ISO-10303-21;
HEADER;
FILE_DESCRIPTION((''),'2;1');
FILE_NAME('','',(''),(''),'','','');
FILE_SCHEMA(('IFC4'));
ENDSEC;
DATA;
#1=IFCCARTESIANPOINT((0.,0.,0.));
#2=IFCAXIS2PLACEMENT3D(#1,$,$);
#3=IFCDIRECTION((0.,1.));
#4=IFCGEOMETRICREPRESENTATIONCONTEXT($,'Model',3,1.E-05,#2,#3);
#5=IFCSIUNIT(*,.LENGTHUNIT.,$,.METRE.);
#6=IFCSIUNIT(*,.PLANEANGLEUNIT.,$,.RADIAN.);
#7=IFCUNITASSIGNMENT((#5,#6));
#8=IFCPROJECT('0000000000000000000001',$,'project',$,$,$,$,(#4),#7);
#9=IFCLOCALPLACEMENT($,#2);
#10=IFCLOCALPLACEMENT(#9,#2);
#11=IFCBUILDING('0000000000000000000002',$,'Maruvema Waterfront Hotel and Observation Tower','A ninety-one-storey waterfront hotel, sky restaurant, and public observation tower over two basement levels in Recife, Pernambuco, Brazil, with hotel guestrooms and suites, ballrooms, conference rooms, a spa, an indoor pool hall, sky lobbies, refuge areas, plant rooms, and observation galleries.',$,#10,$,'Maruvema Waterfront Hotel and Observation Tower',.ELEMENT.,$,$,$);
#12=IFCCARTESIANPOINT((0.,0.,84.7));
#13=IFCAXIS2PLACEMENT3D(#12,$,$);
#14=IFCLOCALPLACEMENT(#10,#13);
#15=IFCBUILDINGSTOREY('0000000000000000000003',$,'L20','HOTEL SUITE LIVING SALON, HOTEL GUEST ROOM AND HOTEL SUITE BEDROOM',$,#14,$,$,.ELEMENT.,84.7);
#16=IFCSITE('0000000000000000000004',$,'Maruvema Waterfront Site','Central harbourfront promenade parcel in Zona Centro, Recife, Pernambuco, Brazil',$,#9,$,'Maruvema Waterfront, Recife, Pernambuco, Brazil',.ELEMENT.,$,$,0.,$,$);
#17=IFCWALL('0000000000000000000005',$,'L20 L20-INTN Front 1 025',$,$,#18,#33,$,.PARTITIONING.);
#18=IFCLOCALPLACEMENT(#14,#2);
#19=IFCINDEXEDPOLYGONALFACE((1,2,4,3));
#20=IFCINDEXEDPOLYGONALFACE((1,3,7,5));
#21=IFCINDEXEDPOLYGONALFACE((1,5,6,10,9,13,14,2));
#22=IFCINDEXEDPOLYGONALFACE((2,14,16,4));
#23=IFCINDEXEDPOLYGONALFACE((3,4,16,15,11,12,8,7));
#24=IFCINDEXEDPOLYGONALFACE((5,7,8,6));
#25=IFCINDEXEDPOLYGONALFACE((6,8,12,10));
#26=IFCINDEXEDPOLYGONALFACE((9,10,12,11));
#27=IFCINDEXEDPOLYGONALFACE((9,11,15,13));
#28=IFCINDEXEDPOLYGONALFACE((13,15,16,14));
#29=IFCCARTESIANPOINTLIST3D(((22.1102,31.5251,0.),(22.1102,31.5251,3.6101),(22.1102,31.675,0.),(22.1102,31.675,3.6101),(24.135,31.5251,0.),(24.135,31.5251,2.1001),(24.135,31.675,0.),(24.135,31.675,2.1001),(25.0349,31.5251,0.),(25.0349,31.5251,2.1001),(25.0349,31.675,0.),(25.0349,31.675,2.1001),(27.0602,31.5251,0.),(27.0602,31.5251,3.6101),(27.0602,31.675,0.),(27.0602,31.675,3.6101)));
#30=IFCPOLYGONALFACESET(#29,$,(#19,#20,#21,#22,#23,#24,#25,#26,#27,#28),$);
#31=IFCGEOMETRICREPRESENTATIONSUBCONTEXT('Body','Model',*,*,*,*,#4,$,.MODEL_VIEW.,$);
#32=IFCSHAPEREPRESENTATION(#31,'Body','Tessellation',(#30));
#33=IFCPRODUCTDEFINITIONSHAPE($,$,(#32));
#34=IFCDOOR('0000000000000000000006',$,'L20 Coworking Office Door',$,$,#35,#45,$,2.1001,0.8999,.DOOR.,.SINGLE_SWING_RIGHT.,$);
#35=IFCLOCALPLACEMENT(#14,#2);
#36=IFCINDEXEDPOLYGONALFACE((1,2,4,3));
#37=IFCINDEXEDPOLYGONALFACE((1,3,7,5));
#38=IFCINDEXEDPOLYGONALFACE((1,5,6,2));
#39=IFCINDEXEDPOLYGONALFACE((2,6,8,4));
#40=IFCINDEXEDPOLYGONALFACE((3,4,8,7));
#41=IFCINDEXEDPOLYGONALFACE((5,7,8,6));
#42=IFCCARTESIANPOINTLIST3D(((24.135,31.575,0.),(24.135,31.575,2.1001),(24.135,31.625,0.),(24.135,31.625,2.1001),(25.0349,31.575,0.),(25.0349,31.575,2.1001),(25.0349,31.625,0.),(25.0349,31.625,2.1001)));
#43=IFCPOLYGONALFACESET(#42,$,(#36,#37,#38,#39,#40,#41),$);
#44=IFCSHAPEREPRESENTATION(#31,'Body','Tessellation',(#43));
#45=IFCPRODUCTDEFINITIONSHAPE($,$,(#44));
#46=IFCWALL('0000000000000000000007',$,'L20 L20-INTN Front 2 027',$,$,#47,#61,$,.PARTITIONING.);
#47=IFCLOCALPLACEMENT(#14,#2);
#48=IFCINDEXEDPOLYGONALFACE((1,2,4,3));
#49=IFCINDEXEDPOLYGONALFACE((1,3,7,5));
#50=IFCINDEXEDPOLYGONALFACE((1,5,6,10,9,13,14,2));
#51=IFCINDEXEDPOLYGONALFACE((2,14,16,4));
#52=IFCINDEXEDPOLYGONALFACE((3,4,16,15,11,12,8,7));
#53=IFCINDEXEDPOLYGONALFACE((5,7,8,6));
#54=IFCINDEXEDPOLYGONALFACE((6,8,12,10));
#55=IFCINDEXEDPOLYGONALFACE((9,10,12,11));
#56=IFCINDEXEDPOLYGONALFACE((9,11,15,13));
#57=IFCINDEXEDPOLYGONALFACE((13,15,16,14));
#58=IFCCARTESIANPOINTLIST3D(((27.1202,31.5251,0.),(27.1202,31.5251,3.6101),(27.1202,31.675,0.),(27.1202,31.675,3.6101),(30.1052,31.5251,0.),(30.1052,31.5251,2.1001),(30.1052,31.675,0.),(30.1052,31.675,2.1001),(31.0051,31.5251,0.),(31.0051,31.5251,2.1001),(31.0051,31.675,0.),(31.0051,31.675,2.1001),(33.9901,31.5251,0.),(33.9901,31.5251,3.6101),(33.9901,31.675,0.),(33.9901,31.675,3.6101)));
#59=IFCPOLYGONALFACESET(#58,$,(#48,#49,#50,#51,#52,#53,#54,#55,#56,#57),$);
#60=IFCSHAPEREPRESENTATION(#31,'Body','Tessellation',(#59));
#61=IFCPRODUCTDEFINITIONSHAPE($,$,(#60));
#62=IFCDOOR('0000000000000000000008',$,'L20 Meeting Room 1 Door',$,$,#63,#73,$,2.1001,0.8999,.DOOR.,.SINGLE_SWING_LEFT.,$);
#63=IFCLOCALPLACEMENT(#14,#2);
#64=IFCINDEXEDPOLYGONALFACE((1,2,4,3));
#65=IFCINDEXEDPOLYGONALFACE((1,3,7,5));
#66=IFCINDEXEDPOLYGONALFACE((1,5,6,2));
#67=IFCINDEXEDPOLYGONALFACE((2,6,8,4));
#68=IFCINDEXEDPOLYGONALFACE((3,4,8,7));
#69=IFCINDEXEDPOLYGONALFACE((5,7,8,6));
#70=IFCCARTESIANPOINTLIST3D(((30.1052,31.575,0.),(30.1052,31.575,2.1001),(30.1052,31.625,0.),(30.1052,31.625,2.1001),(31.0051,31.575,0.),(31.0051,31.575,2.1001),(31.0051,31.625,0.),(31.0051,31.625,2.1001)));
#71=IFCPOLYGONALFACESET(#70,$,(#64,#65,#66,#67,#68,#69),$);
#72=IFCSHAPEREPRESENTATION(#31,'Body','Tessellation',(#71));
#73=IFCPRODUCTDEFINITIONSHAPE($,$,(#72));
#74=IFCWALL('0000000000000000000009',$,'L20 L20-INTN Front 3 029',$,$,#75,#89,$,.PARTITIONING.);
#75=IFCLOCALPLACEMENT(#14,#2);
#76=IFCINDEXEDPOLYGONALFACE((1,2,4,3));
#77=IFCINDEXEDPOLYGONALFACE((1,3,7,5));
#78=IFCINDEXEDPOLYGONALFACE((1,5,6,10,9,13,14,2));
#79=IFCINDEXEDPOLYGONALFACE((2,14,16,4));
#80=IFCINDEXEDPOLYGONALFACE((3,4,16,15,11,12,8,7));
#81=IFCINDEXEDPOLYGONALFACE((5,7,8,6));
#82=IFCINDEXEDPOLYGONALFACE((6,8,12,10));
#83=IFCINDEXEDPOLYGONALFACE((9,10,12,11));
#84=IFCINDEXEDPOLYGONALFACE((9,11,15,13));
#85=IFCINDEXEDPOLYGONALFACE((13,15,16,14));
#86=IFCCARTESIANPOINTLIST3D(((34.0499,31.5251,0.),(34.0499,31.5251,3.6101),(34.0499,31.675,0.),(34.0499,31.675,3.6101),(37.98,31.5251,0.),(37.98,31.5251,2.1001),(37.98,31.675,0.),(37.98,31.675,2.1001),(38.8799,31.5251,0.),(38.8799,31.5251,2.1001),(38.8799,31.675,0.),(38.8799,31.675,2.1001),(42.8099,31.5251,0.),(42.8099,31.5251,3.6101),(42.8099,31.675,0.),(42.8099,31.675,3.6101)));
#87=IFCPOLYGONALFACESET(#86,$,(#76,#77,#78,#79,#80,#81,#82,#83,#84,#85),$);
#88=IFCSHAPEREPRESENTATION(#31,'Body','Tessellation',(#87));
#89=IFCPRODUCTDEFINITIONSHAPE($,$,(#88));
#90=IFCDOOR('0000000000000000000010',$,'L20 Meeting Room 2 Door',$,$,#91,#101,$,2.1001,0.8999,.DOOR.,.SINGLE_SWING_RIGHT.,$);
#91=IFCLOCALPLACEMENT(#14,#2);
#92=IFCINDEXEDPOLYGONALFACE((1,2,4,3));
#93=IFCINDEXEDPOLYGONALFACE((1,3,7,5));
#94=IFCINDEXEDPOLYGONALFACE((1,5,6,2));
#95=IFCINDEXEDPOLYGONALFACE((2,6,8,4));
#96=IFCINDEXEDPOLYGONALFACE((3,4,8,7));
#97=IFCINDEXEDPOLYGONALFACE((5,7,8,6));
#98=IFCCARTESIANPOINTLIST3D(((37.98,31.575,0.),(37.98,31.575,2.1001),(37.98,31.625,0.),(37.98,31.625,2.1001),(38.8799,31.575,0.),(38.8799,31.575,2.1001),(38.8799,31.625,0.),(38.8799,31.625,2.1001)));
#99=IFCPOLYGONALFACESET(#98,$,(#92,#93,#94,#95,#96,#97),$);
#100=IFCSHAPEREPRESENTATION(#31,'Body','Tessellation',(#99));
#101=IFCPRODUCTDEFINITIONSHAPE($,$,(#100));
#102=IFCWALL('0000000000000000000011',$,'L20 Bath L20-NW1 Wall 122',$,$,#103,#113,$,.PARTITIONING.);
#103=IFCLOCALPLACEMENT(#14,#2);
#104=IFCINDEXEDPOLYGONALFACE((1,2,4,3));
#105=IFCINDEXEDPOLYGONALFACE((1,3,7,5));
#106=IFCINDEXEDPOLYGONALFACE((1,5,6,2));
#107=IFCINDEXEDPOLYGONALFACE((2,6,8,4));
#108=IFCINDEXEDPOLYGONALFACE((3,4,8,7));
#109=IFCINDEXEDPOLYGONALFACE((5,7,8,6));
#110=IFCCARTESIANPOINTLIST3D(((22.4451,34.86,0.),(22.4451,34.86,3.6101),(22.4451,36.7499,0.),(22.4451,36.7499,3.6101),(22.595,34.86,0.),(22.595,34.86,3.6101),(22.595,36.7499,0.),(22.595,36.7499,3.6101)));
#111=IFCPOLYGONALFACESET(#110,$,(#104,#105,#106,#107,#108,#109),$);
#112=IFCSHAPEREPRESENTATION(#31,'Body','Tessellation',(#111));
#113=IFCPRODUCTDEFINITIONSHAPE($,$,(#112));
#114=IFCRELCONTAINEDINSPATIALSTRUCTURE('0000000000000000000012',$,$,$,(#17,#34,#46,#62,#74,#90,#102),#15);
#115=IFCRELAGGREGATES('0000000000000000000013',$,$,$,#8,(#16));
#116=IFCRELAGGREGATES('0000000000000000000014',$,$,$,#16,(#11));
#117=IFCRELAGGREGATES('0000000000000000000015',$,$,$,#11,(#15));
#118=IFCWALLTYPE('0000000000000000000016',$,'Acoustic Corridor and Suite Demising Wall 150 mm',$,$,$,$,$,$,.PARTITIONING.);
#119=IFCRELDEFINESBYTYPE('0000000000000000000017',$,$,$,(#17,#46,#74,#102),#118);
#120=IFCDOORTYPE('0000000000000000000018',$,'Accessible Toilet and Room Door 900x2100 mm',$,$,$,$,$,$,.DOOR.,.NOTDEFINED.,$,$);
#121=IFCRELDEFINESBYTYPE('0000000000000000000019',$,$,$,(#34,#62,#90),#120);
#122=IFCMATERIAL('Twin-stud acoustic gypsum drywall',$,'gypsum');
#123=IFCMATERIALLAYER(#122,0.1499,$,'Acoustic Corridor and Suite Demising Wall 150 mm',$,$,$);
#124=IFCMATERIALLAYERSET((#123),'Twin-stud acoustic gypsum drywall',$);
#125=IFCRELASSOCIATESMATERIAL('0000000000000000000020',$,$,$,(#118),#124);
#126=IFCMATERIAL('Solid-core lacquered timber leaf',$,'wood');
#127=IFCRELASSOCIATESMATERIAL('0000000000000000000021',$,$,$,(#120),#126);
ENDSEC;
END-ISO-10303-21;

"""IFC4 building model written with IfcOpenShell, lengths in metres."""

from ifc_helpers import new_model, si_unit, direction, frame, frame_2d, origin, place, context, subcontext, project, spatial, rectangle, extrude, material, layer, layer_set, type_object, element, fill, save


model = new_model("IFC4")

# Units and contexts
model_context = context("Model", 3, precision=1e-05, world=origin(), true_north=direction((0.0, 1.0)))
body_context = subcontext(model_context, "Body", "Model", "MODEL_VIEW")
ifc_project = project(units=[si_unit("LENGTHUNIT", "METRE"), si_unit("PLANEANGLEUNIT", "RADIAN")], contexts=[model_context])

# Site, building, storey
site_placement = place(None, origin())
site = spatial("IfcSite", under=ifc_project, at=site_placement, Name="Maruvema Waterfront Site", Description="Central harbourfront promenade parcel in Zona Centro, Recife, Pernambuco, Brazil", LongName="Maruvema Waterfront, Recife, Pernambuco, Brazil", CompositionType="ELEMENT", RefElevation=0.0)
building_placement = place(site_placement, origin())
building = spatial("IfcBuilding", under=site, at=building_placement, Name="Maruvema Waterfront Hotel and Observation Tower", Description="A ninety-one-storey waterfront hotel, sky restaurant, and public observation tower over two basement levels in Recife, Pernambuco, Brazil, with hotel guestrooms and suites, ballrooms, conference rooms, a spa, an indoor pool hall, sky lobbies, refuge areas, plant rooms, and observation galleries.", LongName="Maruvema Waterfront Hotel and Observation Tower", CompositionType="ELEMENT")
storey_placement = place(building_placement, frame((0.0, 0.0, 84.7)))
storey = spatial("IfcBuildingStorey", under=building, at=storey_placement, Name="L20", Description="HOTEL SUITE LIVING SALON, HOTEL GUEST ROOM AND HOTEL SUITE BEDROOM", CompositionType="ELEMENT", Elevation=84.7)

# Walls, openings, doors
ifc_material_1 = material(Name="Twin-stud acoustic gypsum drywall", Category="gypsum")
ifc_layer_1 = layer(ifc_material_1, 0.1499, Name="Acoustic Corridor and Suite Demising Wall 150 mm")
ifc_layer_set_1 = layer_set([ifc_layer_1], Name="Twin-stud acoustic gypsum drywall")
wall_type_1 = type_object("IfcWallType", Name="Acoustic Corridor and Suite Demising Wall 150 mm", PredefinedType="PARTITIONING", material=ifc_layer_set_1)
wall_1_placement = place(storey_placement, frame((22.1101, 31.6001, 0.0), z_axis=(0.0, 0.0, 1.0), x_axis=(1.0, 0.0, 0.0)))
wall_1 = element("IfcWall", 1, at=wall_1_placement, inside=storey, type_object=wall_type_1, Name="L20 L20-INTN Front 1 025", PredefinedType="PARTITIONING", context=body_context, shape_type="SweptSolid", body=[
    extrude(rectangle(XDim=4.95, YDim=0.1499, at=frame_2d((2.4751, 0.0))), origin(), (0.0, 0.0, 1.0), 3.6101),
])
opening_1_placement = place(wall_1_placement, frame((2.0249, 0.0, 0.0)))
opening_1 = element("IfcOpeningElement", 2, at=opening_1_placement, cuts=wall_1, PredefinedType="OPENING", context=body_context, shape_type="SweptSolid", body=[
    extrude(rectangle(XDim=0.8999, YDim=2.1001, at=frame_2d((0.45, 1.05))), frame((0.0, 0.085, 0.0), z_axis=(0.0, -1.0, 0.0), x_axis=(1.0, 0.0, 0.0)), (0.0, 0.0, 1.0), 0.1699),
])
ifc_material_2 = material(Name="Solid-core lacquered timber leaf", Category="wood")
door_type_1 = type_object("IfcDoorType", Name="Accessible Toilet and Room Door 900x2100 mm", OperationType="NOTDEFINED", PredefinedType="DOOR", material=ifc_material_2)
door_1_placement = place(opening_1_placement, origin())
door_1 = element("IfcDoor", 3, at=door_1_placement, inside=storey, type_object=door_type_1, Name="L20 Coworking Office Door", OperationType="SINGLE_SWING_RIGHT", OverallHeight=2.1001, OverallWidth=0.8999, PredefinedType="DOOR", context=body_context, shape_type="SweptSolid", body=[
    extrude(rectangle(XDim=0.8999, YDim=2.1001, at=frame_2d((0.45, 1.05))), frame((0.0, 0.0249, 0.0), z_axis=(0.0, -1.0, 0.0), x_axis=(1.0, 0.0, 0.0)), (0.0, 0.0, 1.0), 0.05),
])
fill(opening_1, door_1)
wall_2_placement = place(storey_placement, frame((27.1201, 31.6001, 0.0), z_axis=(0.0, 0.0, 1.0), x_axis=(1.0, 0.0, 0.0)))
wall_2 = element("IfcWall", 4, at=wall_2_placement, inside=storey, type_object=wall_type_1, Name="L20 L20-INTN Front 2 027", PredefinedType="PARTITIONING", context=body_context, shape_type="SweptSolid", body=[
    extrude(rectangle(XDim=6.8699, YDim=0.1499, at=frame_2d((3.4351, 0.0))), origin(), (0.0, 0.0, 1.0), 3.6101),
])
opening_2_placement = place(wall_2_placement, frame((2.9851, 0.0, 0.0)))
opening_2 = element("IfcOpeningElement", 5, at=opening_2_placement, cuts=wall_2, PredefinedType="OPENING", context=body_context, shape_type="SweptSolid", body=[
    extrude(rectangle(XDim=0.8999, YDim=2.1001, at=frame_2d((0.45, 1.05))), frame((0.0, 0.085, 0.0), z_axis=(0.0, -1.0, 0.0), x_axis=(1.0, 0.0, 0.0)), (0.0, 0.0, 1.0), 0.1699),
])
door_2_placement = place(opening_2_placement, origin())
door_2 = element("IfcDoor", 6, at=door_2_placement, inside=storey, type_object=door_type_1, Name="L20 Meeting Room 1 Door", OperationType="SINGLE_SWING_LEFT", OverallHeight=2.1001, OverallWidth=0.8999, PredefinedType="DOOR", context=body_context, shape_type="SweptSolid", body=[
    extrude(rectangle(XDim=0.8999, YDim=2.1001, at=frame_2d((0.45, 1.05))), frame((0.0, 0.0249, 0.0), z_axis=(0.0, -1.0, 0.0), x_axis=(1.0, 0.0, 0.0)), (0.0, 0.0, 1.0), 0.05),
])
fill(opening_2, door_2)
wall_3_placement = place(storey_placement, frame((34.05, 31.6001, 0.0), z_axis=(0.0, 0.0, 1.0), x_axis=(1.0, 0.0, 0.0)))
wall_3 = element("IfcWall", 7, at=wall_3_placement, inside=storey, type_object=wall_type_1, Name="L20 L20-INTN Front 3 029", PredefinedType="PARTITIONING", context=body_context, shape_type="SweptSolid", body=[
    extrude(rectangle(XDim=8.76, YDim=0.1499, at=frame_2d((4.3799, 0.0))), origin(), (0.0, 0.0, 1.0), 3.6101),
])
opening_3_placement = place(wall_3_placement, frame((3.9299, 0.0, 0.0)))
opening_3 = element("IfcOpeningElement", 8, at=opening_3_placement, cuts=wall_3, PredefinedType="OPENING", context=body_context, shape_type="SweptSolid", body=[
    extrude(rectangle(XDim=0.8999, YDim=2.1001, at=frame_2d((0.45, 1.05))), frame((0.0, 0.085, 0.0), z_axis=(0.0, -1.0, 0.0), x_axis=(1.0, 0.0, 0.0)), (0.0, 0.0, 1.0), 0.1699),
])
door_3_placement = place(opening_3_placement, origin())
door_3 = element("IfcDoor", 9, at=door_3_placement, inside=storey, type_object=door_type_1, Name="L20 Meeting Room 2 Door", OperationType="SINGLE_SWING_RIGHT", OverallHeight=2.1001, OverallWidth=0.8999, PredefinedType="DOOR", context=body_context, shape_type="SweptSolid", body=[
    extrude(rectangle(XDim=0.8999, YDim=2.1001, at=frame_2d((0.45, 1.05))), frame((0.0, 0.0249, 0.0), z_axis=(0.0, -1.0, 0.0), x_axis=(1.0, 0.0, 0.0)), (0.0, 0.0, 1.0), 0.05),
])
fill(opening_3, door_3)

# Wall
wall_4_placement = place(storey_placement, frame((22.52, 34.8601, 0.0), z_axis=(0.0, 0.0, 1.0), x_axis=(0.0, 1.0, 0.0)))
element("IfcWall", 10, at=wall_4_placement, inside=storey, type_object=wall_type_1, Name="L20 Bath L20-NW1 Wall 122", PredefinedType="PARTITIONING", context=body_context, shape_type="SweptSolid", body=[
    extrude(rectangle(XDim=1.8899, YDim=0.1499, at=frame_2d((0.9448, 0.0))), origin(), (0.0, 0.0, 1.0), 3.6101),
])

save(model, "model.ifc")
